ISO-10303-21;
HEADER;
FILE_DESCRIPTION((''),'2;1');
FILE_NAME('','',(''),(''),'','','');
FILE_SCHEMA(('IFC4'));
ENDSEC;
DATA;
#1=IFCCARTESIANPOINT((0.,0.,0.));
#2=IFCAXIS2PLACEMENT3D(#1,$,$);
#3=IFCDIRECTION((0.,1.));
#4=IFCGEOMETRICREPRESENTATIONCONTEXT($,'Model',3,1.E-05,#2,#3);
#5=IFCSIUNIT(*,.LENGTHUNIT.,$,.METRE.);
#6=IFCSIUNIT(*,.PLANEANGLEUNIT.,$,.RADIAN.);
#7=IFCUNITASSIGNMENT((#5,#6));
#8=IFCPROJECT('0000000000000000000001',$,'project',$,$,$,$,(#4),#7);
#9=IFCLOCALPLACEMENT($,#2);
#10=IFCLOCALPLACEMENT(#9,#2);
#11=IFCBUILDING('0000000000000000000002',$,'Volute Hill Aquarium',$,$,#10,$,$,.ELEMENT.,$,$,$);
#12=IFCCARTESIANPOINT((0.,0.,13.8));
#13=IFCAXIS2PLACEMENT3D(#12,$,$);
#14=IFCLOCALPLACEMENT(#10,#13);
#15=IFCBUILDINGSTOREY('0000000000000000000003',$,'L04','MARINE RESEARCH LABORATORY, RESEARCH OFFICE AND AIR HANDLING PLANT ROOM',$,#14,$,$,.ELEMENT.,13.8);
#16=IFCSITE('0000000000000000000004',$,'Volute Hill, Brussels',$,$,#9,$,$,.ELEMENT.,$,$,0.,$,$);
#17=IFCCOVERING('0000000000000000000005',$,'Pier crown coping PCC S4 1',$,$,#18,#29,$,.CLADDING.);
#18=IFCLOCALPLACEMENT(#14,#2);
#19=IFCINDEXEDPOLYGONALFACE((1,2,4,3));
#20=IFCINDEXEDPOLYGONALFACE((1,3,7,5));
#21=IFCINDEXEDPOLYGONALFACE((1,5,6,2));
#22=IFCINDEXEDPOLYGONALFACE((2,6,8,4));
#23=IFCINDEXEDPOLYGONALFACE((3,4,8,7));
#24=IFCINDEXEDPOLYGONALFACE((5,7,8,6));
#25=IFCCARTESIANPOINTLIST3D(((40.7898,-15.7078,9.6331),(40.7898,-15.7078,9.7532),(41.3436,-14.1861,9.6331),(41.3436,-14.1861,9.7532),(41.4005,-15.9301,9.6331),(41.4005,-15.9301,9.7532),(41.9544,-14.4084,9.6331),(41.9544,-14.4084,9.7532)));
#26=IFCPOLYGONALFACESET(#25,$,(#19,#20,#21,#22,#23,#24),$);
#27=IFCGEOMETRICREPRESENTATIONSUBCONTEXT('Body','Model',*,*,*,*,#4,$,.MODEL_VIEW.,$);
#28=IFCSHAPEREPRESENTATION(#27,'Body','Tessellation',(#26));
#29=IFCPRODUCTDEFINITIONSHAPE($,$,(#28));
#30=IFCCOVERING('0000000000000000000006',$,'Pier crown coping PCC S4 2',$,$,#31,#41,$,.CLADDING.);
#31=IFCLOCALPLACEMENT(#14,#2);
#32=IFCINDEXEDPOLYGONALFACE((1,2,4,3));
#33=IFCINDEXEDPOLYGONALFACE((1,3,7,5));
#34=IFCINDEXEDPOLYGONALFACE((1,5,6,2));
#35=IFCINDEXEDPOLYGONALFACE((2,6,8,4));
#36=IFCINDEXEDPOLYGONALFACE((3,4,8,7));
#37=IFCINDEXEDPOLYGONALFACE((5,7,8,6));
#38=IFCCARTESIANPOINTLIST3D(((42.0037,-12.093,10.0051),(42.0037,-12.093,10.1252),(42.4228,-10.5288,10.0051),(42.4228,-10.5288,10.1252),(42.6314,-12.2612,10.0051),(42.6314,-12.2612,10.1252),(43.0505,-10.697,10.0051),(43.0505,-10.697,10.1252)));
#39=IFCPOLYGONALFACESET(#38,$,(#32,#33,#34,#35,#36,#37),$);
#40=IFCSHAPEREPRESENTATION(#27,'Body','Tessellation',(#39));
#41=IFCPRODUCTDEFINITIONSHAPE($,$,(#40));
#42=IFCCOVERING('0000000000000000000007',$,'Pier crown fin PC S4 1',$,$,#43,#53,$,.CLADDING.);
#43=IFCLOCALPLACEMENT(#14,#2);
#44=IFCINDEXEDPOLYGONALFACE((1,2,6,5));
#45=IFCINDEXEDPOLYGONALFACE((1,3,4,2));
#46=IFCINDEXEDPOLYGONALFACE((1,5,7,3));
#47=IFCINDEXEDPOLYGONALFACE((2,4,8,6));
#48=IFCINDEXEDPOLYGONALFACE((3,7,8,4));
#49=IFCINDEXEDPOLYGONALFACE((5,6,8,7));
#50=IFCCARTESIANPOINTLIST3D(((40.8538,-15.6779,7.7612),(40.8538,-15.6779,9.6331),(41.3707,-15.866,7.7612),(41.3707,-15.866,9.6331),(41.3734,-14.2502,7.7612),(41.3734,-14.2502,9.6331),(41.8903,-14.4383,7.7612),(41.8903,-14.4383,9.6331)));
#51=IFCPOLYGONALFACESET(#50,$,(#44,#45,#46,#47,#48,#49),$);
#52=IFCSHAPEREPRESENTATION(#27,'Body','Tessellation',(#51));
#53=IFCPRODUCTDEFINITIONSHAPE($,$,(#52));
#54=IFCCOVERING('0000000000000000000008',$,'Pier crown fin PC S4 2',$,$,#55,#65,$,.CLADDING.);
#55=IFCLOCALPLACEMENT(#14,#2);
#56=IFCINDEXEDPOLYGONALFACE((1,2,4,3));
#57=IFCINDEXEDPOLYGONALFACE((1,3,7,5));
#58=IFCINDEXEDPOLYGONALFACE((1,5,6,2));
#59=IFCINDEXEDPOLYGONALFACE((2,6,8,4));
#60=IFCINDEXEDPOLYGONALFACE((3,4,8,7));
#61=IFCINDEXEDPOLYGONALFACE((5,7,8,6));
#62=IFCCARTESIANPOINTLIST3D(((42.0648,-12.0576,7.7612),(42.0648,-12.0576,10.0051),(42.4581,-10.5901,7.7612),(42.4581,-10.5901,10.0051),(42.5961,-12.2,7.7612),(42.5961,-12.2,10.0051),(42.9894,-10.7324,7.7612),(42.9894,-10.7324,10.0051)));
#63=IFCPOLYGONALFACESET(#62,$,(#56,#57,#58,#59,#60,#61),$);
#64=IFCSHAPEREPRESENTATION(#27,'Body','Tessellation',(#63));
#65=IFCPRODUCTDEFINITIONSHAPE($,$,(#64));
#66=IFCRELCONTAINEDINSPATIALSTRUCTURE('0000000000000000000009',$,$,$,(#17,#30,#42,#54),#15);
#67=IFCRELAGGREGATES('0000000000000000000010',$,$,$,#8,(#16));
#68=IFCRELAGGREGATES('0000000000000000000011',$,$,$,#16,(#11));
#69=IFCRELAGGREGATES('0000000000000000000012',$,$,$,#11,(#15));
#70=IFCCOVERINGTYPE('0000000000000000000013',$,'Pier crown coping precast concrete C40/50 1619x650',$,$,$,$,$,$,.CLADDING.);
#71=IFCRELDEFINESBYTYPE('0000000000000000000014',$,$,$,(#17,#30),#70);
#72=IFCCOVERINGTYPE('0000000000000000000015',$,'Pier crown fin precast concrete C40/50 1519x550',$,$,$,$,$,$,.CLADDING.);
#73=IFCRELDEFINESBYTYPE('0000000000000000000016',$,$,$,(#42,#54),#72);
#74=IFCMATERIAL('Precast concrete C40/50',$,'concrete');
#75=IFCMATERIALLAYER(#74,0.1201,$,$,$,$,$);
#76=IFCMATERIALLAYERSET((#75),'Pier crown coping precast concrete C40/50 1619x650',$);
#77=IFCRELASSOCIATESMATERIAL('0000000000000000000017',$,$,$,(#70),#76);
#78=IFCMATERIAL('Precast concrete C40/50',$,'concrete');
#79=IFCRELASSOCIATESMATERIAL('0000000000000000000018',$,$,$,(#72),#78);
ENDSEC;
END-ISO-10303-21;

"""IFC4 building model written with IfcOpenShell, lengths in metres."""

from ifc_helpers import new_model, si_unit, direction, frame, origin, origin_2d, place, context, subcontext, project, spatial, rectangle, extrude, material, layer, layer_set, type_object, element, save


model = new_model("IFC4")

# Units and contexts
model_context = context("Model", 3, precision=1e-05, world=origin(), true_north=direction((0.0, 1.0)))
body_context = subcontext(model_context, "Body", "Model", "MODEL_VIEW")
ifc_project = project(units=[si_unit("LENGTHUNIT", "METRE"), si_unit("PLANEANGLEUNIT", "RADIAN")], contexts=[model_context])

# Site, building, storey
site_placement = place(None, origin())
site = spatial("IfcSite", under=ifc_project, at=site_placement, Name="Volute Hill, Brussels", CompositionType="ELEMENT", RefElevation=0.0)
building_placement = place(site_placement, origin())
building = spatial("IfcBuilding", under=site, at=building_placement, Name="Volute Hill Aquarium", CompositionType="ELEMENT")
storey_placement = place(building_placement, frame((0.0, 0.0, 13.8)))
storey = spatial("IfcBuildingStorey", under=building, at=storey_placement, Name="L04", Description="MARINE RESEARCH LABORATORY, RESEARCH OFFICE AND AIR HANDLING PLANT ROOM", CompositionType="ELEMENT", Elevation=13.8)

# Coverings
ifc_material_1 = material(Name="Precast concrete C40/50", Category="concrete")
ifc_layer_1 = layer(ifc_material_1, 0.1201)
ifc_layer_set_1 = layer_set([ifc_layer_1], Name="Pier crown coping precast concrete C40/50 1619x650")
covering_type_1 = type_object("IfcCoveringType", Name="Pier crown coping precast concrete C40/50 1619x650", PredefinedType="CLADDING", material=ifc_layer_set_1)
for number, where, z_axis, x_axis, name in (
    (1, (41.3721, -15.0581, 9.6331), (0.0, 0.0, 1.0), (0.34202, 0.939693, 0.0), "Pier crown coping PCC S4 1"),
    (2, (42.5271, -11.395, 10.0051), (0.0, 0.0, 1.0), (0.258819, 0.965926, 0.0), "Pier crown coping PCC S4 2"),
):
    element("IfcCovering", number, at=place(storey_placement, frame(where, z_axis=z_axis, x_axis=x_axis)), inside=storey, type_object=covering_type_1, Name=name, PredefinedType="CLADDING", context=body_context, shape_type="SweptSolid", body=[
        extrude(rectangle(XDim=1.6194, YDim=0.6499, at=origin_2d()), origin(), (0.0, 0.0, 1.0), 0.1201),
    ])
ifc_material_2 = material(Name="Precast concrete C40/50", Category="concrete")
covering_type_2 = type_object("IfcCoveringType", Name="Pier crown fin precast concrete C40/50 1519x550", PredefinedType="CLADDING", material=ifc_material_2)
covering_1_placement = place(storey_placement, frame((41.3721, -15.0581, 7.7612), z_axis=(0.0, 0.0, 1.0), x_axis=(0.34202, 0.939693, 0.0)))
element("IfcCovering", 3, at=covering_1_placement, inside=storey, type_object=covering_type_2, Name="Pier crown fin PC S4 1", PredefinedType="CLADDING", context=body_context, shape_type="SweptSolid", body=[
    extrude(rectangle(XDim=1.5193, YDim=0.55, at=origin_2d()), origin(), (0.0, 0.0, 1.0), 1.8718),
])
covering_2_placement = place(storey_placement, frame((42.5271, -11.395, 7.7612), z_axis=(0.0, 0.0, 1.0), x_axis=(0.258819, 0.965926, 0.0)))
element("IfcCovering", 4, at=covering_2_placement, inside=storey, type_object=covering_type_2, Name="Pier crown fin PC S4 2", PredefinedType="CLADDING", context=body_context, shape_type="SweptSolid", body=[
    extrude(rectangle(XDim=1.5193, YDim=0.55, at=origin_2d()), origin(), (0.0, 0.0, 1.0), 2.2439),
])

save(model, "model.ifc")
